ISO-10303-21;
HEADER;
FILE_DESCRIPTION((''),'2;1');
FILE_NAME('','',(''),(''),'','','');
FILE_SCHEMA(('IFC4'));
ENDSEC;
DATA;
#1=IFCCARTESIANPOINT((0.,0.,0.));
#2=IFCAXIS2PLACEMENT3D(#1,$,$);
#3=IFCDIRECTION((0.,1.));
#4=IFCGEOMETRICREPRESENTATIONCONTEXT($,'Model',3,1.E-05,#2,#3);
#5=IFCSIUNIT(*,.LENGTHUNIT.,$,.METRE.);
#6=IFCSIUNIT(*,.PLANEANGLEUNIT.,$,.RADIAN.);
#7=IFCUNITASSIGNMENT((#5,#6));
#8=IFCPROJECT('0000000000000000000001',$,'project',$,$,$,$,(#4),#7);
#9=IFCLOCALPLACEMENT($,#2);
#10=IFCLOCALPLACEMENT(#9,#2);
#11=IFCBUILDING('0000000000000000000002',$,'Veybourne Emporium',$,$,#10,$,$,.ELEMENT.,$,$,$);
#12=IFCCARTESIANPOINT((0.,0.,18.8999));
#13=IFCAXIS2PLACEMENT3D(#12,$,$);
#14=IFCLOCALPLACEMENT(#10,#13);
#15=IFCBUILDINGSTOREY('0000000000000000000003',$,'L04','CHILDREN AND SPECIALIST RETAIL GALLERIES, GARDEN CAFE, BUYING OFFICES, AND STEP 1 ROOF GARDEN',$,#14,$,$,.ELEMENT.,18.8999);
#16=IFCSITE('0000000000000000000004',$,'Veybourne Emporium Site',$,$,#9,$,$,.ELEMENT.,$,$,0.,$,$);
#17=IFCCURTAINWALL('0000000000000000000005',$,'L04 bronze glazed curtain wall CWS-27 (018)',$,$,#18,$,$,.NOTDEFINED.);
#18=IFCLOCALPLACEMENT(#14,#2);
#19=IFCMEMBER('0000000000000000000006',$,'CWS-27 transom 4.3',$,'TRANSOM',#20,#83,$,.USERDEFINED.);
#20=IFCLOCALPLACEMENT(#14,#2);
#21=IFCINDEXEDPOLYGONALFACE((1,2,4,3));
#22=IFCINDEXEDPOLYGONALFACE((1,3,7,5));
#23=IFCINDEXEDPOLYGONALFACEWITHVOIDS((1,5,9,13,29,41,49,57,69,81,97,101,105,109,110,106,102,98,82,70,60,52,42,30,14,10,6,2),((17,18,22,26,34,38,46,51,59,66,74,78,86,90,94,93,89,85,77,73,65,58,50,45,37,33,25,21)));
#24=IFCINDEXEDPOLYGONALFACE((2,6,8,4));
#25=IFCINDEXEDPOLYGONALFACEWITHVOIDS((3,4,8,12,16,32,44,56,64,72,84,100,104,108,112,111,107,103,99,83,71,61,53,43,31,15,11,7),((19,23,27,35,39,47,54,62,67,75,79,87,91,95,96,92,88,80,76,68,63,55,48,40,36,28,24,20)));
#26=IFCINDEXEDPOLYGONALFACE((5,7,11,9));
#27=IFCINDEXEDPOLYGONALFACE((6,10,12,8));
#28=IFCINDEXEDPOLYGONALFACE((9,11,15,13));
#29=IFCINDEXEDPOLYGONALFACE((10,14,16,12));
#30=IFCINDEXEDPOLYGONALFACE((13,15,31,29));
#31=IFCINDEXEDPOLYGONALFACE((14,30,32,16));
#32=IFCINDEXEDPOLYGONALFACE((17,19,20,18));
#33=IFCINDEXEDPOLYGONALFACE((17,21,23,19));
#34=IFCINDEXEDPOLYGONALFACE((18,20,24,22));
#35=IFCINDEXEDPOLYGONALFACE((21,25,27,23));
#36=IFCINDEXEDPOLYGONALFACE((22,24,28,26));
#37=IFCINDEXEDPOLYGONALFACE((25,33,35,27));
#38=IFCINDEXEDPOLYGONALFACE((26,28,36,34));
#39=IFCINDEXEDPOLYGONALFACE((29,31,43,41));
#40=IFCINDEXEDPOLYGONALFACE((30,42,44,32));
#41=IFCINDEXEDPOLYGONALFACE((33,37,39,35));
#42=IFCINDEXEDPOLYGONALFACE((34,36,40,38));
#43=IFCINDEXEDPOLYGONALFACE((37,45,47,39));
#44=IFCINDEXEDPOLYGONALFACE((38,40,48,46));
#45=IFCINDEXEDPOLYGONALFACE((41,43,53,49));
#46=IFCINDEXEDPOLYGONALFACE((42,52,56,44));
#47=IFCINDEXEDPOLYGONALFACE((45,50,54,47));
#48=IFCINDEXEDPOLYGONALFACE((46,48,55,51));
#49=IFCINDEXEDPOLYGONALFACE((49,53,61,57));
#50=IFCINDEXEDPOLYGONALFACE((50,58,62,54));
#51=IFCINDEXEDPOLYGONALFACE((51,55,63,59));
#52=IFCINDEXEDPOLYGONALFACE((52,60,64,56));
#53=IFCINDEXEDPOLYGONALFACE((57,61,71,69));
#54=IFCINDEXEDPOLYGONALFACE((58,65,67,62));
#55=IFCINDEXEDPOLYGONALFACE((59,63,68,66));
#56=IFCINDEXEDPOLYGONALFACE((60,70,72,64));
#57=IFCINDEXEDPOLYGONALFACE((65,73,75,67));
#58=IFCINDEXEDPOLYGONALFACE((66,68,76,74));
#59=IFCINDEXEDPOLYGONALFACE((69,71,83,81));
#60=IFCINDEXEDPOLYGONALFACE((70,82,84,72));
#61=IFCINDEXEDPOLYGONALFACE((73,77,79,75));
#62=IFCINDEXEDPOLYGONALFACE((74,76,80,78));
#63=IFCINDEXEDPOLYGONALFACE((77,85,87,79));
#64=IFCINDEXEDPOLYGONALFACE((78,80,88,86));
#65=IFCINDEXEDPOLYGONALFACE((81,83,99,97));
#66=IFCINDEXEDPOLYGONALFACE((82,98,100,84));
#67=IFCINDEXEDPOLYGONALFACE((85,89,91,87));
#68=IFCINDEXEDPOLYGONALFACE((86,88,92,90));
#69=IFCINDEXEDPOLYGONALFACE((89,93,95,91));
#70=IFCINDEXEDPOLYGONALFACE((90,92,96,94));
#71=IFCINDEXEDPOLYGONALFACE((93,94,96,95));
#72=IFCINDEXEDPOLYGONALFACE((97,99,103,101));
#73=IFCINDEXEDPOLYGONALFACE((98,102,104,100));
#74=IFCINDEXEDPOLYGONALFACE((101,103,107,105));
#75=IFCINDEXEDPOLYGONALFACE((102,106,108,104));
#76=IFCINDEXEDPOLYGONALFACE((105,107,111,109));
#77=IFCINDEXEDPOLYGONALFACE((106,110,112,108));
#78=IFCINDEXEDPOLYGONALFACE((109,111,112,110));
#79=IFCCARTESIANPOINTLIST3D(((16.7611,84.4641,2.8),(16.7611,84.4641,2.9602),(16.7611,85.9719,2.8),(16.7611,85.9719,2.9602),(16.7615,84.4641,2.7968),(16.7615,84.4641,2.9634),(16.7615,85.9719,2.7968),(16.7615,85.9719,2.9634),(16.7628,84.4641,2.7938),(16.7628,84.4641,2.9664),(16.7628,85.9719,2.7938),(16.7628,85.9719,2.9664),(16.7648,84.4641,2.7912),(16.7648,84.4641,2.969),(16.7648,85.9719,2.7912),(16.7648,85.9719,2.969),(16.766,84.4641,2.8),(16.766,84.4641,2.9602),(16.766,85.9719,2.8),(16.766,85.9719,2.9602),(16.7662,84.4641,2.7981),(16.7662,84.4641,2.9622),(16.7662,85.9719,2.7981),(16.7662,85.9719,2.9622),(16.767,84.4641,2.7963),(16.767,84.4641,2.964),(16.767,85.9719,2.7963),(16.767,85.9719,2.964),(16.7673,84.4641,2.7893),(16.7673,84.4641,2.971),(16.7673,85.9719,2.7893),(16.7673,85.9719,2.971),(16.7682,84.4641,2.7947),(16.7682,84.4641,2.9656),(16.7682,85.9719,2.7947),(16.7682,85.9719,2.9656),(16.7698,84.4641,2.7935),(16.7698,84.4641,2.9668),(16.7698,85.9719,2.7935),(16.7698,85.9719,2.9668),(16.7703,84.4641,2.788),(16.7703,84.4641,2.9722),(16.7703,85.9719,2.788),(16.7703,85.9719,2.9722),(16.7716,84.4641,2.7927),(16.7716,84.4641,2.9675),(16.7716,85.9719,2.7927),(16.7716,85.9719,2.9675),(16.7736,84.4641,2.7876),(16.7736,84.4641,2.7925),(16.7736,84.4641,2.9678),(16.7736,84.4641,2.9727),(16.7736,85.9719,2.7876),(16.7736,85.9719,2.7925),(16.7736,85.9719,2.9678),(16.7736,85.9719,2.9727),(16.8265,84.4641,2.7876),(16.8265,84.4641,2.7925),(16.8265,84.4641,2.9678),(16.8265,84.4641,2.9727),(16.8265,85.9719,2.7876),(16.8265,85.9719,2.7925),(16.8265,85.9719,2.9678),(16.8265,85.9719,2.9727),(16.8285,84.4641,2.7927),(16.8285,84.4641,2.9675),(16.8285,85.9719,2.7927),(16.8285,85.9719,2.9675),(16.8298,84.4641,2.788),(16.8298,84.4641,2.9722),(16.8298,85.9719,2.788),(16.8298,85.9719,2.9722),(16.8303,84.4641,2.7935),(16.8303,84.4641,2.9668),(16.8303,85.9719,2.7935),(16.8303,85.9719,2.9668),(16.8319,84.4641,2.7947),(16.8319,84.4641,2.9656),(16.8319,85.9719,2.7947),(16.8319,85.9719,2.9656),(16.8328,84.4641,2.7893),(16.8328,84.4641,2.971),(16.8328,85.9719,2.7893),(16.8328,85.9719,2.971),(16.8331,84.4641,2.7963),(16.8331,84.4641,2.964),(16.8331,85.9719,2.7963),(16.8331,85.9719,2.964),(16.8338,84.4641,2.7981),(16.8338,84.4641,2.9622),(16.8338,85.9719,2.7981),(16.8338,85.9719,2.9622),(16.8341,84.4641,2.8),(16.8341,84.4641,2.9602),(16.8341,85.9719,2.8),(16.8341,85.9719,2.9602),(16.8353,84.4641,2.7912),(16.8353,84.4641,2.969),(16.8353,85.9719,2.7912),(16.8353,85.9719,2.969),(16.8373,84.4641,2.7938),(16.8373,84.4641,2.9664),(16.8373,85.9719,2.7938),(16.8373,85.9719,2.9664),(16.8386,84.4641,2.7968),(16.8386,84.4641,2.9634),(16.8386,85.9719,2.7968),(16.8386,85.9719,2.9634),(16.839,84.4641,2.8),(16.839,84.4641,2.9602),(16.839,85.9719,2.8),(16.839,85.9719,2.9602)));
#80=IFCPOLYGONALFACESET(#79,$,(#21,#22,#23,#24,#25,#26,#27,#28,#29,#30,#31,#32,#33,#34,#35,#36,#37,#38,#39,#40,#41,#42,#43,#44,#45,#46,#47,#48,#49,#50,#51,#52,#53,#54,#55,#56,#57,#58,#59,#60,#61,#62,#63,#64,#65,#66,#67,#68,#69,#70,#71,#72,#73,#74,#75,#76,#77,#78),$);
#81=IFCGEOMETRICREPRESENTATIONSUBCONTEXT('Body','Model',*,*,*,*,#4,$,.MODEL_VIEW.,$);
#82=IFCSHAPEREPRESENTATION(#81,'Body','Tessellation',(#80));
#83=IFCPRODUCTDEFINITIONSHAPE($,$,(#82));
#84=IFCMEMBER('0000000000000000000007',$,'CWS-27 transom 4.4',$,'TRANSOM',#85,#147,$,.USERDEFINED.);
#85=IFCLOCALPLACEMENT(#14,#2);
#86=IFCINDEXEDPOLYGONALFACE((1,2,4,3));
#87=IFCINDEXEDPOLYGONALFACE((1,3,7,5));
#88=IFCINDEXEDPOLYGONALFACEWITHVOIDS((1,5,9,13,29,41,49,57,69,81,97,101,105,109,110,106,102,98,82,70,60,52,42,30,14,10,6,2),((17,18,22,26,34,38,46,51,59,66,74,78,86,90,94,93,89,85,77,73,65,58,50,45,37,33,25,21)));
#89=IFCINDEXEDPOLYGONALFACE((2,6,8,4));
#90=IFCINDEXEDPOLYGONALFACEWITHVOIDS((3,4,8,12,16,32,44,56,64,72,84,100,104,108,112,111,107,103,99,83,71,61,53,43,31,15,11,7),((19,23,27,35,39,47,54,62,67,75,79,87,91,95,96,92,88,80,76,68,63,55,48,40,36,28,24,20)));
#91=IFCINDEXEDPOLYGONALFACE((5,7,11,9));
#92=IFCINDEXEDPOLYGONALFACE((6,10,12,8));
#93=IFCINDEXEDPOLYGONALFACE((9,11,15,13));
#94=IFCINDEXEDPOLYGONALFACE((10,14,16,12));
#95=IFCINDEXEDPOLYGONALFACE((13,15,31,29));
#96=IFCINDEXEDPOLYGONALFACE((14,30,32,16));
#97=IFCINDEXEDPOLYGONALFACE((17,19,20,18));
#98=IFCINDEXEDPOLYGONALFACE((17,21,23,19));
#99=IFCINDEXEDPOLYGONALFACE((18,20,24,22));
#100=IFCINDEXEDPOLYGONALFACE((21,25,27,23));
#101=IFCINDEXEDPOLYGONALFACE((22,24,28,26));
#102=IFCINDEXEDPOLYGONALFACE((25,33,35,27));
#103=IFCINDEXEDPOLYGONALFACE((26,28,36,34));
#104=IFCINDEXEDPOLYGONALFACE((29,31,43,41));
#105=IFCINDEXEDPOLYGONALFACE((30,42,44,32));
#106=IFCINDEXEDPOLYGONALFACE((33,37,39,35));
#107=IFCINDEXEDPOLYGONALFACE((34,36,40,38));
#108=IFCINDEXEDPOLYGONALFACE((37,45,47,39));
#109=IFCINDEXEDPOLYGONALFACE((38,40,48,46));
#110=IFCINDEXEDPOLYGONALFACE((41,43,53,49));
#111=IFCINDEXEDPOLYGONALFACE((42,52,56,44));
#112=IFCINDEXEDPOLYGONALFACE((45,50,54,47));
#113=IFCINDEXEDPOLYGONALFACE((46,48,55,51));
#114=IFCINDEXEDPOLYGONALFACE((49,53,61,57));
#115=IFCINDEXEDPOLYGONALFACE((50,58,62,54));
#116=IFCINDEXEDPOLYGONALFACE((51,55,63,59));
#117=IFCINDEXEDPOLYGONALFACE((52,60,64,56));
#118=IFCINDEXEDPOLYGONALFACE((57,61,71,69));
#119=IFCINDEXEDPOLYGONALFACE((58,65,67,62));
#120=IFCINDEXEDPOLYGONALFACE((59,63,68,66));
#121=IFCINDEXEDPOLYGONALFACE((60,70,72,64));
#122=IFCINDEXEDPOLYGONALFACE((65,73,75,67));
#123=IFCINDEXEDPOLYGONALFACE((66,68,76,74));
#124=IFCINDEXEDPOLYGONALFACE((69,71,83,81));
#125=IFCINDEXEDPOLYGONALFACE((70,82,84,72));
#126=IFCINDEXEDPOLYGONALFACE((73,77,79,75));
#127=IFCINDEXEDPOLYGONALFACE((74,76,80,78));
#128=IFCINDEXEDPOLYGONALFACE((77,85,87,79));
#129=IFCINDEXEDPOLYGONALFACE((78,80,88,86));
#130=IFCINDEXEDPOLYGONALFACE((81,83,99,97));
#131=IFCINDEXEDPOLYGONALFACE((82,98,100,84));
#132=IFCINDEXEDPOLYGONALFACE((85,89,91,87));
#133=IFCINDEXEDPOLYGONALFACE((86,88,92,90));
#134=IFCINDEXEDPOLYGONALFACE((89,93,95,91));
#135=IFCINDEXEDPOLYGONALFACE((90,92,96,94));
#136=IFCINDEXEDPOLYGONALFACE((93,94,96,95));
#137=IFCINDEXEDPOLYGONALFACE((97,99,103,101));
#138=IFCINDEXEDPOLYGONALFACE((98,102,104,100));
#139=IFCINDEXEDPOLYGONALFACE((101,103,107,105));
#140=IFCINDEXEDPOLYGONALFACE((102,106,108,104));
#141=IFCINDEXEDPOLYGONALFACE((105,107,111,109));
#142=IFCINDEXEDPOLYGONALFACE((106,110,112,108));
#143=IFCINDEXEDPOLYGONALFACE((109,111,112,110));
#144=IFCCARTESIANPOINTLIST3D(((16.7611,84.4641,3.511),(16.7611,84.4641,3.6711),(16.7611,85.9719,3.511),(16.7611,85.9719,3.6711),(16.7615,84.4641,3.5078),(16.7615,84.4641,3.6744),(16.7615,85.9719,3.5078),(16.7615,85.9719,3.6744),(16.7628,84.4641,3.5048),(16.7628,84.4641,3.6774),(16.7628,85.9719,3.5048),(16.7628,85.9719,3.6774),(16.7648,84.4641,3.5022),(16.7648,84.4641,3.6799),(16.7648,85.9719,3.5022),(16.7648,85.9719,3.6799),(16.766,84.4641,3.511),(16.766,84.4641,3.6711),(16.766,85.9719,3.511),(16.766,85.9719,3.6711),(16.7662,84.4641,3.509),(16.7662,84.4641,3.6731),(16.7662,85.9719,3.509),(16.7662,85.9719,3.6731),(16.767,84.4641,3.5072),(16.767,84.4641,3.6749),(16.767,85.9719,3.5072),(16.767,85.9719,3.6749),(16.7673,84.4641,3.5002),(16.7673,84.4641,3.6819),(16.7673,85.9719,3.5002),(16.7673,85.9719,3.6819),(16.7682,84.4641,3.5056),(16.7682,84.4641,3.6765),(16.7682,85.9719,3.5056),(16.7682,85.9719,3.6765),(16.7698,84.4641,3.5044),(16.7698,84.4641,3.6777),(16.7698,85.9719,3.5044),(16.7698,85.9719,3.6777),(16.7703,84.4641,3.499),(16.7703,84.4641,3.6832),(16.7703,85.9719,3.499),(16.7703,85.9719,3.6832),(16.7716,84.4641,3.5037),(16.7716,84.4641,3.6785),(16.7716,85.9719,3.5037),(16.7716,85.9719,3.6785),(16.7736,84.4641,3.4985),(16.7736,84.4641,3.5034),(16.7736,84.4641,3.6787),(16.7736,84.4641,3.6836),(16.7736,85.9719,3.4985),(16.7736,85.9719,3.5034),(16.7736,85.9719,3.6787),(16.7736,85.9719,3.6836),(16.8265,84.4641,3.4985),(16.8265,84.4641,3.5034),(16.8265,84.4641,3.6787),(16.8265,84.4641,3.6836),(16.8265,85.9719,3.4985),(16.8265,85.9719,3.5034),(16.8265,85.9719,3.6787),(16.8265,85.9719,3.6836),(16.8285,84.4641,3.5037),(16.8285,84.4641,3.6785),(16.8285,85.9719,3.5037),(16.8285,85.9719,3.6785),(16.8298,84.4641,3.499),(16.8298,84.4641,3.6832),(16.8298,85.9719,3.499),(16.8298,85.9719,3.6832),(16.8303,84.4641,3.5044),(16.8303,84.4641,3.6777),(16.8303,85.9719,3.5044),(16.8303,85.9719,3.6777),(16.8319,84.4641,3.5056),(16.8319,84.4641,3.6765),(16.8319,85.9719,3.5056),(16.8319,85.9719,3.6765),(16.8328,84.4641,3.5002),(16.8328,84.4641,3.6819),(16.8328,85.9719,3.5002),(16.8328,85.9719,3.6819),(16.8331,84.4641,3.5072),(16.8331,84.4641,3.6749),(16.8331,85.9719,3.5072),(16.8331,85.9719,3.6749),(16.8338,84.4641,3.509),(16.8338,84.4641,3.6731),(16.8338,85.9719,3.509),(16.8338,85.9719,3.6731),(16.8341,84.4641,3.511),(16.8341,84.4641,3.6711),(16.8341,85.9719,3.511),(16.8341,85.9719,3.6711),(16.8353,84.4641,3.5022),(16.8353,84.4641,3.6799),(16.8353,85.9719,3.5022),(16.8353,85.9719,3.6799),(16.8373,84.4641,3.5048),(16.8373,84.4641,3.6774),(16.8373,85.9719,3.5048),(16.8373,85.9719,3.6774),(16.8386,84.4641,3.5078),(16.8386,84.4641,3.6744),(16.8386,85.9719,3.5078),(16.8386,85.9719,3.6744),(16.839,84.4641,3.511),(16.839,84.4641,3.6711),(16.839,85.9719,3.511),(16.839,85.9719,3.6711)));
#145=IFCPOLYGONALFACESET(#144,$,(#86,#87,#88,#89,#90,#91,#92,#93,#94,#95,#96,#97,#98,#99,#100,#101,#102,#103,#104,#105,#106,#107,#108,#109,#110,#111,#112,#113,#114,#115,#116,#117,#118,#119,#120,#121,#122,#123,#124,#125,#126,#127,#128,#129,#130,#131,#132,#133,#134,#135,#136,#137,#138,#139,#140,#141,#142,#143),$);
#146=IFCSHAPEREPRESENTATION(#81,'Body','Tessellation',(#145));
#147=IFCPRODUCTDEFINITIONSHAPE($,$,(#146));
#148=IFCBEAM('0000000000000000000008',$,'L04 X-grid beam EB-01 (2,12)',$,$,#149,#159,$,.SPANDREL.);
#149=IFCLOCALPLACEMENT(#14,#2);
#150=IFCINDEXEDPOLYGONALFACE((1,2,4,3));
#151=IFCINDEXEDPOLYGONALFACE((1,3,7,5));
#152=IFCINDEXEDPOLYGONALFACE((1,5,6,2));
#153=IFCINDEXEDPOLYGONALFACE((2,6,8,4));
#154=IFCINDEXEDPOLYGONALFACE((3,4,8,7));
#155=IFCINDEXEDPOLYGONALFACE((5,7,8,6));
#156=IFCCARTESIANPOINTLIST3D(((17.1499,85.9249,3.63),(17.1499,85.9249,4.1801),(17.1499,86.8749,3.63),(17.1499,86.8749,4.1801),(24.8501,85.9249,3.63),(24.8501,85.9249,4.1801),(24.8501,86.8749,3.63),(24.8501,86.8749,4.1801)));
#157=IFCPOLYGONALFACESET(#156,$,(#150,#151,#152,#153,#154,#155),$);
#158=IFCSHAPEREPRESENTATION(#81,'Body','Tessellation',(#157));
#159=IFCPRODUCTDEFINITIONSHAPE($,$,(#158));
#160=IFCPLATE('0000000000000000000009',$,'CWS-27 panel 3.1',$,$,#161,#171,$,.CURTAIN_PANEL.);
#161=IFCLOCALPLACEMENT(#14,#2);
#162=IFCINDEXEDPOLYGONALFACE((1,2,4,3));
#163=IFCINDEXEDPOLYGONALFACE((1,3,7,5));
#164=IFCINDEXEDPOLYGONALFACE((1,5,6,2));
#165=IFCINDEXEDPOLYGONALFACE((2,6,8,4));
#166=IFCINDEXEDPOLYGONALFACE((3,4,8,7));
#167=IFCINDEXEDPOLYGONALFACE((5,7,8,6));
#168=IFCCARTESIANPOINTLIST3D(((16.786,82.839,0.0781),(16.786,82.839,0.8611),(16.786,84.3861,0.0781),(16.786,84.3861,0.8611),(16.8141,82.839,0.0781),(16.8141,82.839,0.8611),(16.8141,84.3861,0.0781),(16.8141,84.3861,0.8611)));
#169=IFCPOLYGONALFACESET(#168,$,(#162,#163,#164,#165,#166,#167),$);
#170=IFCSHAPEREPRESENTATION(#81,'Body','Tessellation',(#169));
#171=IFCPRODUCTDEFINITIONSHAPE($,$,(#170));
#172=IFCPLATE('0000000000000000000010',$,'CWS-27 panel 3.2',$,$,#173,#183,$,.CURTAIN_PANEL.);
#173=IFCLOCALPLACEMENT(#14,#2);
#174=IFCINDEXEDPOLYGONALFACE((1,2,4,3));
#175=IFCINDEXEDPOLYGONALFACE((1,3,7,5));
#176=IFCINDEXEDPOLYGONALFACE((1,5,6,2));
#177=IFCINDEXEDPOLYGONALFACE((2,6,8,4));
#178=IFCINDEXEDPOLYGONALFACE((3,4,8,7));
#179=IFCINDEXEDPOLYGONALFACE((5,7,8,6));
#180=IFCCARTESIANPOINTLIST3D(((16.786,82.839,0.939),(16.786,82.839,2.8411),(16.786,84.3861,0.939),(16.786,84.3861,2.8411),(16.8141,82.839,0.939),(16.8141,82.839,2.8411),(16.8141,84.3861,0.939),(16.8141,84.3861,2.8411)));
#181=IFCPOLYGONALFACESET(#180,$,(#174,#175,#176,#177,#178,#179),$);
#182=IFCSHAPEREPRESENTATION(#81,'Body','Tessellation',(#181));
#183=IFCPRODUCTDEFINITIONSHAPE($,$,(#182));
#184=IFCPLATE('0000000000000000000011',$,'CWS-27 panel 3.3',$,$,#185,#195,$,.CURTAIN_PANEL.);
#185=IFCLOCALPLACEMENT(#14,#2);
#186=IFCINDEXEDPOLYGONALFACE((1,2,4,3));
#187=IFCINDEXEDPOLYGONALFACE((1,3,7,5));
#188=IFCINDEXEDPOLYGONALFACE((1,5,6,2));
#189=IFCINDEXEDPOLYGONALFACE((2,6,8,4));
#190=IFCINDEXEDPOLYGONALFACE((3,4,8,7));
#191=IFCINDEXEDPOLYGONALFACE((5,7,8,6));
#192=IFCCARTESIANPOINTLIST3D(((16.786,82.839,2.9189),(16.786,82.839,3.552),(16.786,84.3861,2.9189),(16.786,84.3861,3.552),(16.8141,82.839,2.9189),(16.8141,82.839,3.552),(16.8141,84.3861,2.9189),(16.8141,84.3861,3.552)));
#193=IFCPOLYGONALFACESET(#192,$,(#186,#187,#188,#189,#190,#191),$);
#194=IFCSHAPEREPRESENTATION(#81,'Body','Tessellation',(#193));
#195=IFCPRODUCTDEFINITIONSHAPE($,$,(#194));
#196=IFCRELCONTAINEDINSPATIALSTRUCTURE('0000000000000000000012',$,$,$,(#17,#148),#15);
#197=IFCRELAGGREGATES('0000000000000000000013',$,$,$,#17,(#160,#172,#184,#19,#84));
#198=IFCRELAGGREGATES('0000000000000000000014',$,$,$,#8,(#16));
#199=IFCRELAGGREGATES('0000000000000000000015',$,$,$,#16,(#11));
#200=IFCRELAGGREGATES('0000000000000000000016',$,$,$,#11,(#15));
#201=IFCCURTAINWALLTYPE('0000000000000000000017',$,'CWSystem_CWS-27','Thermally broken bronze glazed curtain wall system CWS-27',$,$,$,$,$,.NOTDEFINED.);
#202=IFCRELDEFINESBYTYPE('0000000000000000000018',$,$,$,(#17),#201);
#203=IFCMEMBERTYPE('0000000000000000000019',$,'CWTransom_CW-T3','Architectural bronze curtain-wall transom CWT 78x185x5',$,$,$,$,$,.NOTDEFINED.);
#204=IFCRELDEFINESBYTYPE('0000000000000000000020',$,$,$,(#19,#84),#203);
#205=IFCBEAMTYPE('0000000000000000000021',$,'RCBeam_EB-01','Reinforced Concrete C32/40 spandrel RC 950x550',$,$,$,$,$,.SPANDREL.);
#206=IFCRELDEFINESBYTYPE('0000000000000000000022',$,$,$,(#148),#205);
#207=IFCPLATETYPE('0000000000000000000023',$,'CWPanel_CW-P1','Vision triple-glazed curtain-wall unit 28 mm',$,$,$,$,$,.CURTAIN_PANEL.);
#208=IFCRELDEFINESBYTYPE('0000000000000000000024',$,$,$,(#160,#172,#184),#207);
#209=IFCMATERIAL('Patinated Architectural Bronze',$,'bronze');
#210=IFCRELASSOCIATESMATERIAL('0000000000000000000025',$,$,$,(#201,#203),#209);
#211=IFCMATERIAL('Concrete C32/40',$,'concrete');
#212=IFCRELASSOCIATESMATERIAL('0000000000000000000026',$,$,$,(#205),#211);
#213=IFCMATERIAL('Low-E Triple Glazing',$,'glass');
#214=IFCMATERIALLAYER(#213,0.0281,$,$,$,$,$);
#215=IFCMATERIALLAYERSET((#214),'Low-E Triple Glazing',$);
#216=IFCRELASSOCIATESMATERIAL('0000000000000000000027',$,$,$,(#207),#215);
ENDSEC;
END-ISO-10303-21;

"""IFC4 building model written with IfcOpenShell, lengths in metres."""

from ifc_helpers import new_model, si_unit, direction, frame, origin, origin_2d, place, context, subcontext, project, spatial, rectangle, hollow_rectangle, extrude, material, layer, layer_set, material_profile, profile_set, type_object, element, aggregate, save


model = new_model("IFC4")

# Units and contexts
model_context = context("Model", 3, precision=1e-05, world=origin(), true_north=direction((0.0, 1.0)))
body_context = subcontext(model_context, "Body", "Model", "MODEL_VIEW")
ifc_project = project(units=[si_unit("LENGTHUNIT", "METRE"), si_unit("PLANEANGLEUNIT", "RADIAN")], contexts=[model_context])

# Site, building, storey
site_placement = place(None, origin())
site = spatial("IfcSite", under=ifc_project, at=site_placement, Name="Veybourne Emporium Site", CompositionType="ELEMENT", RefElevation=0.0)
building_placement = place(site_placement, origin())
building = spatial("IfcBuilding", under=site, at=building_placement, Name="Veybourne Emporium", CompositionType="ELEMENT")
storey_placement = place(building_placement, frame((0.0, 0.0, 18.8999)))
storey = spatial("IfcBuildingStorey", under=building, at=storey_placement, Name="L04", Description="CHILDREN AND SPECIALIST RETAIL GALLERIES, GARDEN CAFE, BUYING OFFICES, AND STEP 1 ROOF GARDEN", CompositionType="ELEMENT", Elevation=18.8999)

# Curtain wall, members
ifc_material_1 = material(Name="Patinated Architectural Bronze", Category="bronze")
curtain_wall_type = type_object("IfcCurtainWallType", Name="CWSystem_CWS-27", Description="Thermally broken bronze glazed curtain wall system CWS-27", PredefinedType="NOTDEFINED", material=ifc_material_1)
curtain_wall_placement = place(storey_placement, origin())
curtain_wall = element("IfcCurtainWall", 1, at=curtain_wall_placement, inside=storey, type_object=curtain_wall_type, Name="L04 bronze glazed curtain wall CWS-27 (018)", PredefinedType="NOTDEFINED")
ifc_material_profile_1 = material_profile(ifc_material_1, hollow_rectangle(XDim=0.0779, YDim=0.1851, WallThickness=0.0049, InnerFilletRadius=0.0076, OuterFilletRadius=0.0125, at=origin_2d()), Name="CWT 78x185x5")
ifc_profile_set_1 = profile_set([ifc_material_profile_1], Name="Patinated Architectural Bronze")
member_type_1 = type_object("IfcMemberType", Name="CWTransom_CW-T3", Description="Architectural bronze curtain-wall transom CWT 78x185x5", PredefinedType="NOTDEFINED", material=ifc_profile_set_1)
member_1_placement = place(storey_placement, frame((16.8, 84.4641, 2.8801), z_axis=(0.0, 1.0, 0.0), x_axis=(-1.0, 0.0, 0.0)))
member_1 = element("IfcMember", 2, at=member_1_placement, type_object=member_type_1, Name="CWS-27 transom 4.3", ObjectType="TRANSOM", PredefinedType="USERDEFINED", context=body_context, shape_type="SweptSolid", body=[
    extrude(hollow_rectangle(XDim=0.0779, YDim=0.1851, WallThickness=0.0049, InnerFilletRadius=0.0076, OuterFilletRadius=0.0125, at=origin_2d()), origin(), (0.0, 0.0, 1.0), 1.5078),
])
member_2_placement = place(storey_placement, frame((16.8, 84.4641, 3.5911), z_axis=(0.0, 1.0, 0.0), x_axis=(-1.0, 0.0, 0.0)))
member_2 = element("IfcMember", 3, at=member_2_placement, type_object=member_type_1, Name="CWS-27 transom 4.4", ObjectType="TRANSOM", PredefinedType="USERDEFINED", context=body_context, shape_type="SweptSolid", body=[
    extrude(hollow_rectangle(XDim=0.0779, YDim=0.1851, WallThickness=0.0049, InnerFilletRadius=0.0076, OuterFilletRadius=0.0125, at=origin_2d()), origin(), (0.0, 0.0, 1.0), 1.5078),
])

# Beam
ifc_material_2 = material(Name="Concrete C32/40", Category="concrete")
ifc_material_profile_2 = material_profile(ifc_material_2, rectangle(XDim=0.95, YDim=0.55, at=origin_2d()), Name="RC 950x550")
ifc_profile_set_2 = profile_set([ifc_material_profile_2], Name="Concrete C32/40")
beam_type = type_object("IfcBeamType", Name="RCBeam_EB-01", Description="Reinforced Concrete C32/40 spandrel RC 950x550", PredefinedType="SPANDREL", material=ifc_profile_set_2)
beam_placement = place(storey_placement, frame((17.1499, 86.3999, 3.905), z_axis=(1.0, 0.0, 0.0), x_axis=(0.0, 1.0, 0.0)))
element("IfcBeam", 4, at=beam_placement, inside=storey, type_object=beam_type, Name="L04 X-grid beam EB-01 (2,12)", PredefinedType="SPANDREL", context=body_context, shape_type="SweptSolid", body=[
    extrude(rectangle(XDim=0.95, YDim=0.55, at=origin_2d()), origin(), (0.0, 0.0, 1.0), 7.7002),
])

# Plates
ifc_material_3 = material(Name="Low-E Triple Glazing", Category="glass")
ifc_layer_1 = layer(ifc_material_3, 0.0281)
ifc_layer_set_1 = layer_set([ifc_layer_1], Name="Low-E Triple Glazing")
plate_type = type_object("IfcPlateType", Name="CWPanel_CW-P1", Description="Vision triple-glazed curtain-wall unit 28 mm", PredefinedType="CURTAIN_PANEL", material=ifc_layer_set_1)
plate_1_placement = place(storey_placement, frame((16.8, 83.6125, 0.0781), z_axis=(0.0, 0.0, 1.0), x_axis=(0.0, 1.0, 0.0)))
plate_1 = element("IfcPlate", 5, at=plate_1_placement, type_object=plate_type, Name="CWS-27 panel 3.1", PredefinedType="CURTAIN_PANEL", context=body_context, shape_type="SweptSolid", body=[
    extrude(rectangle(XDim=1.5471, YDim=0.0281, at=origin_2d()), origin(), (0.0, 0.0, 1.0), 0.783),
])
plate_2_placement = place(storey_placement, frame((16.8, 83.6125, 0.939), z_axis=(0.0, 0.0, 1.0), x_axis=(0.0, 1.0, 0.0)))
plate_2 = element("IfcPlate", 6, at=plate_2_placement, type_object=plate_type, Name="CWS-27 panel 3.2", PredefinedType="CURTAIN_PANEL", context=body_context, shape_type="SweptSolid", body=[
    extrude(rectangle(XDim=1.5471, YDim=0.0281, at=origin_2d()), origin(), (0.0, 0.0, 1.0), 1.9021),
])
plate_3_placement = place(storey_placement, frame((16.8, 83.6125, 2.9189), z_axis=(0.0, 0.0, 1.0), x_axis=(0.0, 1.0, 0.0)))
plate_3 = element("IfcPlate", 7, at=plate_3_placement, type_object=plate_type, Name="CWS-27 panel 3.3", PredefinedType="CURTAIN_PANEL", context=body_context, shape_type="SweptSolid", body=[
    extrude(rectangle(XDim=1.5471, YDim=0.0281, at=origin_2d()), origin(), (0.0, 0.0, 1.0), 0.6331),
])
aggregate(curtain_wall, [plate_1, plate_2, plate_3, member_1, member_2])

save(model, "model.ifc")
